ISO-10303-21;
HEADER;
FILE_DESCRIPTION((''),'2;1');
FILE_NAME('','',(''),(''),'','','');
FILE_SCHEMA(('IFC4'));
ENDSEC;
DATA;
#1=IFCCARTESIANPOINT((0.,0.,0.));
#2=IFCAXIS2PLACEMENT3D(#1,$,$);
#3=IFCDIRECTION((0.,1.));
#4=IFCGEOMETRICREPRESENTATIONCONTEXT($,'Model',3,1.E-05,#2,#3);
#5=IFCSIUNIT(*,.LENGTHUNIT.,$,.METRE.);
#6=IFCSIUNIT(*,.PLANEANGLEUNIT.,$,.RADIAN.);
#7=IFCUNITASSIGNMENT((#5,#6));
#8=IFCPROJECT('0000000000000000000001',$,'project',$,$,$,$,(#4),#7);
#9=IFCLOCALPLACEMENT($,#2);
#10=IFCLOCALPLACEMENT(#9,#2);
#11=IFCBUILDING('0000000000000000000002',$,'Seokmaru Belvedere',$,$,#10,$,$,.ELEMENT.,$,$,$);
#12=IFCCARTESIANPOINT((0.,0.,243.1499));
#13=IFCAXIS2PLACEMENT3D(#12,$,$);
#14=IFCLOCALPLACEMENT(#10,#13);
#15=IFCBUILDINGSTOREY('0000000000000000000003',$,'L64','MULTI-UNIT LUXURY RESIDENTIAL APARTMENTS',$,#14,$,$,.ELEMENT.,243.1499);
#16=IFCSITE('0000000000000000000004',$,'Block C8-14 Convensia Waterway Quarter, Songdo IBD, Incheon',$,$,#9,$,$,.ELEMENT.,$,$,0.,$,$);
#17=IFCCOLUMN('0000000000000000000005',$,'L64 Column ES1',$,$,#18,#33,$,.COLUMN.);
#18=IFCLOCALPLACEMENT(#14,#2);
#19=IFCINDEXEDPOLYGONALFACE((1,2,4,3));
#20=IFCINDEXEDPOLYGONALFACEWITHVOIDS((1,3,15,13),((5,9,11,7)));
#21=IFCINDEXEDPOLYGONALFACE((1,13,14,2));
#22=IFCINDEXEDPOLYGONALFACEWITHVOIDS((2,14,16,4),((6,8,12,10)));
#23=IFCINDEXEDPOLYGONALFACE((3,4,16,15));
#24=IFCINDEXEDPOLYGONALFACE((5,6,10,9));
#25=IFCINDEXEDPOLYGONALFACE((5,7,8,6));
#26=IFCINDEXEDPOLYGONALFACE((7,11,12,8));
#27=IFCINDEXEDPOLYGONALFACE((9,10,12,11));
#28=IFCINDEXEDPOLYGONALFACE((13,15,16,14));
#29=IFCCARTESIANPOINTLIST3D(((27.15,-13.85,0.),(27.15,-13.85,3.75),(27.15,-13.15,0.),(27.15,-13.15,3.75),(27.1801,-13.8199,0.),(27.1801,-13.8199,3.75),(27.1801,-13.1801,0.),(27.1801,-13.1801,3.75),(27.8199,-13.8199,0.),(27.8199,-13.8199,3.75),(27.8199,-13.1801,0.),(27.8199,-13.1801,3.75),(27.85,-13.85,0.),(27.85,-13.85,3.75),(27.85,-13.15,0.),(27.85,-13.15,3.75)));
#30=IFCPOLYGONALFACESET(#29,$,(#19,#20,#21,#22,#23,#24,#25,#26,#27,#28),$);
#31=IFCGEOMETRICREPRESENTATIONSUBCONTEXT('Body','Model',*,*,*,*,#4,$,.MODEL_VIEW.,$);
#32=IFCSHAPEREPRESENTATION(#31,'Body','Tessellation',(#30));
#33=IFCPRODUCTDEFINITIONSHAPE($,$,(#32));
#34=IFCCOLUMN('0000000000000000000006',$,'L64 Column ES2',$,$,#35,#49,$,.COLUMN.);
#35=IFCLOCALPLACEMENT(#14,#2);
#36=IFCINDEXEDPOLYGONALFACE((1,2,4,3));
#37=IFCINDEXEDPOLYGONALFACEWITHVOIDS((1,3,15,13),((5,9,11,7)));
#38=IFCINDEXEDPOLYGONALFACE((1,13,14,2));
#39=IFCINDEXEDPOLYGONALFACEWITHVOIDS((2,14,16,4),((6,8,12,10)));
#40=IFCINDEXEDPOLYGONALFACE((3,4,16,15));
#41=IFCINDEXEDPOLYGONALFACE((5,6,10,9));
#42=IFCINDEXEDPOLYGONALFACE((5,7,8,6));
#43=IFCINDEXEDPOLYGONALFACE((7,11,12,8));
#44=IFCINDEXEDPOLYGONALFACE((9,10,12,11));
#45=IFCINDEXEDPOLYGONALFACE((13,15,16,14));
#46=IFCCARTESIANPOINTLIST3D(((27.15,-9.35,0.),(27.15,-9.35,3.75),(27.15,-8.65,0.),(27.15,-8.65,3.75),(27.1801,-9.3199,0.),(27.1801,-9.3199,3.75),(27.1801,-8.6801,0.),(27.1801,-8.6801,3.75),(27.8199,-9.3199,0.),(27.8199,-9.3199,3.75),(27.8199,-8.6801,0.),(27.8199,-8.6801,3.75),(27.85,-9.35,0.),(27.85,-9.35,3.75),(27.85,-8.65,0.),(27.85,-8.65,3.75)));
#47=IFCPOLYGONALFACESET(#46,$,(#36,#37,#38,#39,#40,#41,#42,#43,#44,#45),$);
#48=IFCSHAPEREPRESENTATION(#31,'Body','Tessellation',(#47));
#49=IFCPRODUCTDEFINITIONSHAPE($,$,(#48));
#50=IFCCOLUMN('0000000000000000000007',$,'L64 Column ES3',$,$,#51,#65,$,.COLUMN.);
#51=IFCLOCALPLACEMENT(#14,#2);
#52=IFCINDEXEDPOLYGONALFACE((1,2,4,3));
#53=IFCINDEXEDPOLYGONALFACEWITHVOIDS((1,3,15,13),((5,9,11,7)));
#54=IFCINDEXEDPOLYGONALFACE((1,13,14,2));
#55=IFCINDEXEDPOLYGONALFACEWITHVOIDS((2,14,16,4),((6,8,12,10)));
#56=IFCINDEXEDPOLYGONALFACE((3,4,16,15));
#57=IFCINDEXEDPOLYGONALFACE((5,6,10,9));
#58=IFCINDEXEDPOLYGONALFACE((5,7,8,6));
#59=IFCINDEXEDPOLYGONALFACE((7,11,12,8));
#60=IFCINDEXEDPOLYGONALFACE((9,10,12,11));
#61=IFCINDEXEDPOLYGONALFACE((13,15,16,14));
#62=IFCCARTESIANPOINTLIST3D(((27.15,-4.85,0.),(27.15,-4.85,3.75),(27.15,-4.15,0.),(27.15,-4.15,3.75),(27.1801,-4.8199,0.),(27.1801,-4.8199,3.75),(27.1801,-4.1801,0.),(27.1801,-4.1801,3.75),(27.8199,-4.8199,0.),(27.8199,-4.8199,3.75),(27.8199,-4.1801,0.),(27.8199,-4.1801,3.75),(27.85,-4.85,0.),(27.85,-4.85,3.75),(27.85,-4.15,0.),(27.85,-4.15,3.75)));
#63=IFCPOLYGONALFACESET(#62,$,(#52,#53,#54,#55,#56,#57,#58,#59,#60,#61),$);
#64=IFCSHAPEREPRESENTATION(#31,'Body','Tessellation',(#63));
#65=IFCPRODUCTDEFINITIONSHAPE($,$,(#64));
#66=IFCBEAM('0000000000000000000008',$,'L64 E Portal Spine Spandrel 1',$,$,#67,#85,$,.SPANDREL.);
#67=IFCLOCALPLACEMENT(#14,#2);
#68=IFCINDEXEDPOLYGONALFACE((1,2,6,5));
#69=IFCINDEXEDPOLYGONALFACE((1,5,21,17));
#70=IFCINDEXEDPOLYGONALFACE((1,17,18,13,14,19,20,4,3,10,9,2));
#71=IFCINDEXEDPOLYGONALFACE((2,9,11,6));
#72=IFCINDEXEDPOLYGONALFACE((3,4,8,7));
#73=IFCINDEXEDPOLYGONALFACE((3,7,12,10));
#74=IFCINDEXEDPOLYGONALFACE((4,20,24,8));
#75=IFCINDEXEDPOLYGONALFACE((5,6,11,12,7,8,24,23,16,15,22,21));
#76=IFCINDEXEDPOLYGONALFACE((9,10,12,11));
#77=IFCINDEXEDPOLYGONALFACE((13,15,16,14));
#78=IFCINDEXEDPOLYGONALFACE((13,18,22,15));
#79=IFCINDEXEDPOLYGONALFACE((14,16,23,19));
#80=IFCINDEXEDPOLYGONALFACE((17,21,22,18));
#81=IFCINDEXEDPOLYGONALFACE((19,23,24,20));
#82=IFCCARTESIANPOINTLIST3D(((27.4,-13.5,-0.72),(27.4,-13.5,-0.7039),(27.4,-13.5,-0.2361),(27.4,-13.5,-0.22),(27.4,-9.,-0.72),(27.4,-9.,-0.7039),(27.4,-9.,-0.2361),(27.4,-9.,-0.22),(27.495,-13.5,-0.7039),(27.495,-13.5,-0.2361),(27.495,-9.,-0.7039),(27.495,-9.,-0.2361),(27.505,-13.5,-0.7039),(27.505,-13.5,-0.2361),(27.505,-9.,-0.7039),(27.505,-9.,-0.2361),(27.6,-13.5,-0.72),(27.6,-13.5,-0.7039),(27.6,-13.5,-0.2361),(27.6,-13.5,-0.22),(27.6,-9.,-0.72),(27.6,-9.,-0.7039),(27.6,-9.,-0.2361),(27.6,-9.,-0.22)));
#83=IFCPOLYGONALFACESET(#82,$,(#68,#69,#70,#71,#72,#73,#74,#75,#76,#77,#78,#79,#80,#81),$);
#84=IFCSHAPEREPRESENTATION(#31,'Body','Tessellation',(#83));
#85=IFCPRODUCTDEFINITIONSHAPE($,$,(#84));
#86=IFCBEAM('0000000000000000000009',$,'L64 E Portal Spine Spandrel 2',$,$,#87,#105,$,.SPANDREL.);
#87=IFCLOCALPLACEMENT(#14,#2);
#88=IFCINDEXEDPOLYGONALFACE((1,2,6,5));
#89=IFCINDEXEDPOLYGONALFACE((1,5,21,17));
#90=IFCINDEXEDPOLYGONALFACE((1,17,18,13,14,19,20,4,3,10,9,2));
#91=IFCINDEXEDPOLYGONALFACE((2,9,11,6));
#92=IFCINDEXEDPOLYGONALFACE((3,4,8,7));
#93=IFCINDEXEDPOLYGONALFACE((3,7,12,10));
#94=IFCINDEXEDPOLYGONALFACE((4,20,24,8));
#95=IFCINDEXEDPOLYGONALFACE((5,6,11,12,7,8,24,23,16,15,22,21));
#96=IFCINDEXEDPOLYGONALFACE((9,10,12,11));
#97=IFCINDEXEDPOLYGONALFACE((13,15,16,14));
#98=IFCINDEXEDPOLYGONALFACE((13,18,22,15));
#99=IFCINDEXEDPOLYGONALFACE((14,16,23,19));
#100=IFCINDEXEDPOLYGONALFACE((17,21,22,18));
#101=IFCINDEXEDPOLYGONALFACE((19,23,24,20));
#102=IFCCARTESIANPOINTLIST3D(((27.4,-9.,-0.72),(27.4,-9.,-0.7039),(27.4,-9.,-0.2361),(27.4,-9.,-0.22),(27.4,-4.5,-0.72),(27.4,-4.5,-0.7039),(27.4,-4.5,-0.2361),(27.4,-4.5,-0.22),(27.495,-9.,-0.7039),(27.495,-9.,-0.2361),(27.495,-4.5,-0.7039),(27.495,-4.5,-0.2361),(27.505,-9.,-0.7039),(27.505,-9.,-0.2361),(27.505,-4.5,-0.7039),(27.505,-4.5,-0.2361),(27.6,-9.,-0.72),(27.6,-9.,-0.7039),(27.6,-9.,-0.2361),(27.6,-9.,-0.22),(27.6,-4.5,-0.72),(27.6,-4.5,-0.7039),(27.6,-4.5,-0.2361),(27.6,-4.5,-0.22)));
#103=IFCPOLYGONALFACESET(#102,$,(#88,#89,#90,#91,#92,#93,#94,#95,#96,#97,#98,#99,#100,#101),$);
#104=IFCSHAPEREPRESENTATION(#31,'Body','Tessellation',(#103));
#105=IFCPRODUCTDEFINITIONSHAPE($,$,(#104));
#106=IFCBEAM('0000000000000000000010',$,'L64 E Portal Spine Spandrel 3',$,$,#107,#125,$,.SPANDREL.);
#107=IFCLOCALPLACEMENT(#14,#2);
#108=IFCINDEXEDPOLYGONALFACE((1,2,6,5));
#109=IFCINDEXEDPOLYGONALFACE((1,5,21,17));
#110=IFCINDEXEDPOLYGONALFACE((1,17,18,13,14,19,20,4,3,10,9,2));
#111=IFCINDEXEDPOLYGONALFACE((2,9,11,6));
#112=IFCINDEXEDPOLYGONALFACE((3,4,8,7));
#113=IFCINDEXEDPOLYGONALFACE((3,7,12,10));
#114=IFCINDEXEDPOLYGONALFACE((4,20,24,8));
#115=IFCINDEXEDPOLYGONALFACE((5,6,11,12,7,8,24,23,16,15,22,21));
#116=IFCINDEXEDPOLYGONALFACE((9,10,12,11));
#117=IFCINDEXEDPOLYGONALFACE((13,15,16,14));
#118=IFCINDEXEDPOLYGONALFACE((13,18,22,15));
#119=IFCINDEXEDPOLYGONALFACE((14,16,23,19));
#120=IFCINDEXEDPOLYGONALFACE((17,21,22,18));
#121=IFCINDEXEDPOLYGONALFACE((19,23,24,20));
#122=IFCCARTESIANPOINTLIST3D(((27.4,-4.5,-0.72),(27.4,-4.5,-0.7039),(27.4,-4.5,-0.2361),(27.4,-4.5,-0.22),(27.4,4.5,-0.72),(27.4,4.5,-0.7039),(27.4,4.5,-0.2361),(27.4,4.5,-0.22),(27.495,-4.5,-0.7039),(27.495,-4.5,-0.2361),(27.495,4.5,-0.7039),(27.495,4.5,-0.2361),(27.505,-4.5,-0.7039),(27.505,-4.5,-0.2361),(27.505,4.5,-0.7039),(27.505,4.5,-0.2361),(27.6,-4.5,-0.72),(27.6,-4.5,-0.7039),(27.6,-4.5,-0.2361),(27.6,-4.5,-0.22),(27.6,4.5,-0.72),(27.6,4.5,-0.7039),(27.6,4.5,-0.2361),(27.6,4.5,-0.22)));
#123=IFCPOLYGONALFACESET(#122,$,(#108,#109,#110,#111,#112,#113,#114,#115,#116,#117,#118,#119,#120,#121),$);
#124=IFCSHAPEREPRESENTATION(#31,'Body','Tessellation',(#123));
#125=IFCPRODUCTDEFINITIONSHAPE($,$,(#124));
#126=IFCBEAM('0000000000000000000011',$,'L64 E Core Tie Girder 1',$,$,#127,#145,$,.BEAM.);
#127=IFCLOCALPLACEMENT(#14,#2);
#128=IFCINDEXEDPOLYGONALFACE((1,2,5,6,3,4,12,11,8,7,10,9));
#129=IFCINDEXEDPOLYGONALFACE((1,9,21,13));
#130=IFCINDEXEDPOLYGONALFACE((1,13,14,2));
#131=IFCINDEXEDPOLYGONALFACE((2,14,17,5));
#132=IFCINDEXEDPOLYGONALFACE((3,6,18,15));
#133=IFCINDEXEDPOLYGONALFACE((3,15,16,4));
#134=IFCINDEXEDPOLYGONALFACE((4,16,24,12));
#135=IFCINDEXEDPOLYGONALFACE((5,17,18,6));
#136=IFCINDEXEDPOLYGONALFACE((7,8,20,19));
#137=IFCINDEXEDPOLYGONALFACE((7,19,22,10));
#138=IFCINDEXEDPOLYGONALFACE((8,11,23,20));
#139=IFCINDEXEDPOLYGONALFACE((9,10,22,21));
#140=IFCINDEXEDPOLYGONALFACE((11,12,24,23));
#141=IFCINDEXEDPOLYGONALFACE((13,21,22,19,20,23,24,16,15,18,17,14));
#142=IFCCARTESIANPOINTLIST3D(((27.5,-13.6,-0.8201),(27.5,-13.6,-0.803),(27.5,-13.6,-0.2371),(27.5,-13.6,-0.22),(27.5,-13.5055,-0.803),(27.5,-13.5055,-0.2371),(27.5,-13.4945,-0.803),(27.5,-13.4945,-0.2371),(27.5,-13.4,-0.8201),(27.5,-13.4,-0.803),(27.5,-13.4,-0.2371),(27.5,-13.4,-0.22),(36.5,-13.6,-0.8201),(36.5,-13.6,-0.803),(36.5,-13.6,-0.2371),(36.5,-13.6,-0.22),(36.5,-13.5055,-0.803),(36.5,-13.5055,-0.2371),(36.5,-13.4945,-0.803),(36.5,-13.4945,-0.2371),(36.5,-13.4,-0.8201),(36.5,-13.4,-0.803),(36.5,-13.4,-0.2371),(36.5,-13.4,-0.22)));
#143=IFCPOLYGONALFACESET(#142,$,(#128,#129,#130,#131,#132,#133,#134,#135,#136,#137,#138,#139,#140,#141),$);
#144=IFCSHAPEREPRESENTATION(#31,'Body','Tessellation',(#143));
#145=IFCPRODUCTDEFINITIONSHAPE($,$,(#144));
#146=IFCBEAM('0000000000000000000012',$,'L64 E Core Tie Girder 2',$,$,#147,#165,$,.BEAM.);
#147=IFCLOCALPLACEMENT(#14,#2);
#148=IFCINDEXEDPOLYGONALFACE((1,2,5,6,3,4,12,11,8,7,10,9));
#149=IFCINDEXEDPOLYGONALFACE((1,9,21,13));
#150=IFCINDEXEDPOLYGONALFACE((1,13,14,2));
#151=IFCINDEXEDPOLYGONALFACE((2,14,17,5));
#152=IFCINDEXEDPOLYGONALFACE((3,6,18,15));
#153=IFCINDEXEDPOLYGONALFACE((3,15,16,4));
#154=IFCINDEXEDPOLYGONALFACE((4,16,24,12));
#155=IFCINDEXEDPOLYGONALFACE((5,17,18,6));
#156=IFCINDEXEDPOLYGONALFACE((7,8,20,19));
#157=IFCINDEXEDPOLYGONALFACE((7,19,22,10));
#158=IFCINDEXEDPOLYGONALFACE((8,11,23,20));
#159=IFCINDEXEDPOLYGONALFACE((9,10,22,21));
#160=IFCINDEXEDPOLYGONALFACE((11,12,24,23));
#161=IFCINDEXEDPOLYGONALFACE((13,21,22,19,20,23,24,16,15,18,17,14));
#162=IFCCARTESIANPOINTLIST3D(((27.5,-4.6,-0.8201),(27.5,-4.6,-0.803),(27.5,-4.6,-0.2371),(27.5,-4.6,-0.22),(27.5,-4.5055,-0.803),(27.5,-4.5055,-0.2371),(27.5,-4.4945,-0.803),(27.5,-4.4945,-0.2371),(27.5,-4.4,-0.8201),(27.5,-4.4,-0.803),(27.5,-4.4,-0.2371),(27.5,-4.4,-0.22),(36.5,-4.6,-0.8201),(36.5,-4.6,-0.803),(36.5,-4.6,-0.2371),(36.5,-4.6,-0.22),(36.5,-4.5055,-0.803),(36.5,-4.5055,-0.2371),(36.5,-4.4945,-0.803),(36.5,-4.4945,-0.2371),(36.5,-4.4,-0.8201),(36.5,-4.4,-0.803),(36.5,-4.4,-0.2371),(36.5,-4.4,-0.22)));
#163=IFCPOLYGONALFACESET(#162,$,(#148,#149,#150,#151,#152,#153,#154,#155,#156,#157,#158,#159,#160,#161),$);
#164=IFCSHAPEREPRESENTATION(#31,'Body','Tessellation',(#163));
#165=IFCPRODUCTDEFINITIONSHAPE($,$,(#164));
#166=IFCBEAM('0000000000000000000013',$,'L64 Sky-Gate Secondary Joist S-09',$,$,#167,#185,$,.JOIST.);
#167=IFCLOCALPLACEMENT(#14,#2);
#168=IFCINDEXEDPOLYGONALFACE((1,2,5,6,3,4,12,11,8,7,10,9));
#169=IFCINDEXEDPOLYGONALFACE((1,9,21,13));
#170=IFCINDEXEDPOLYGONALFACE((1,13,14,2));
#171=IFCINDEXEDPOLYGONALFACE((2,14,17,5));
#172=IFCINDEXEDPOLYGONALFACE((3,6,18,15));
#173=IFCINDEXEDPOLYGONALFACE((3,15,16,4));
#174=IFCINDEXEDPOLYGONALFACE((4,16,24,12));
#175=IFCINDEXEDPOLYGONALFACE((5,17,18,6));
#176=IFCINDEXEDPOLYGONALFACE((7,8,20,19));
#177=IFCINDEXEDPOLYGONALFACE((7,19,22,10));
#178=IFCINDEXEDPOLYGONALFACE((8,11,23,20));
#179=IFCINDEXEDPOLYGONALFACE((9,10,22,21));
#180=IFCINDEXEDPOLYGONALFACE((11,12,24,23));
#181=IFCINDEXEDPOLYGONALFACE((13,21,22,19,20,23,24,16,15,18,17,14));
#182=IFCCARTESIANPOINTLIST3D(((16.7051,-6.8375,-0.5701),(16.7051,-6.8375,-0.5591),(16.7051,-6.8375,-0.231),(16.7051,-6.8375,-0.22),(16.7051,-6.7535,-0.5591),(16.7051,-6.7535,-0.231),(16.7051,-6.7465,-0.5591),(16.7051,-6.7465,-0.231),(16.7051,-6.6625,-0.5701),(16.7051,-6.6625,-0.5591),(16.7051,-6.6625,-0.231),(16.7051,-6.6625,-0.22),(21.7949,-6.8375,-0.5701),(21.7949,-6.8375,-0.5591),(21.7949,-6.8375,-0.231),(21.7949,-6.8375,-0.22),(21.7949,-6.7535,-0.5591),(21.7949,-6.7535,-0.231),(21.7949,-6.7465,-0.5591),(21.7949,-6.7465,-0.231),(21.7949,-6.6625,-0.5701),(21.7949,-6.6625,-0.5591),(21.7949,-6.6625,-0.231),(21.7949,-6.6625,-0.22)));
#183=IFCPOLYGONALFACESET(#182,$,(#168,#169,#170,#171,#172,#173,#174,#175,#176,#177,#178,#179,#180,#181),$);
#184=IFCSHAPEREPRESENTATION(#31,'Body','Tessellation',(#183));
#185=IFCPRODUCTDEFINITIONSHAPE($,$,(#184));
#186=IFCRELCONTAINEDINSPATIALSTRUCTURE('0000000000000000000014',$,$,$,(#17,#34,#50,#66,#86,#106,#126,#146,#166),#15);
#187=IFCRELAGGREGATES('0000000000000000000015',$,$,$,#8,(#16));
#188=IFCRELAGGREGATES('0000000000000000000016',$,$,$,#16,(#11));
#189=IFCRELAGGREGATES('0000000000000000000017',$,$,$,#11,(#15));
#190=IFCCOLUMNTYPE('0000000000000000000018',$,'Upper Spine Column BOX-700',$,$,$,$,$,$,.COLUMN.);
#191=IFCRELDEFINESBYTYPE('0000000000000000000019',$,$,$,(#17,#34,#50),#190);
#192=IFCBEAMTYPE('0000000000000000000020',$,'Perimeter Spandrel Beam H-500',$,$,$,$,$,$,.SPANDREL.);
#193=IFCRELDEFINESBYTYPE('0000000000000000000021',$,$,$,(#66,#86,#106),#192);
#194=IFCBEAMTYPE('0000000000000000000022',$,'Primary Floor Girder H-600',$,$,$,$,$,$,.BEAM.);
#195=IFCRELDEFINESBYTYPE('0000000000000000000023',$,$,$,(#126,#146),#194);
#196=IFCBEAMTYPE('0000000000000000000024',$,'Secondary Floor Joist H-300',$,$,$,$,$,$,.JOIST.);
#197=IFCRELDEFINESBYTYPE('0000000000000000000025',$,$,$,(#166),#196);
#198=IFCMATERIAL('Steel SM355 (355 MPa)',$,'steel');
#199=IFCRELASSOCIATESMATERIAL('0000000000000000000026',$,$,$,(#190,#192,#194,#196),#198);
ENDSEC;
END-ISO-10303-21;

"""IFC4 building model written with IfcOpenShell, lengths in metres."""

from ifc_helpers import new_model, si_unit, direction, frame, origin, origin_2d, place, context, subcontext, project, spatial, hollow_rectangle, i_section, extrude, source, transform, mapped, material, material_profile, profile_set, type_object, type_shapes, element, save


model = new_model("IFC4")

# Units and contexts
model_context = context("Model", 3, precision=1e-05, world=origin(), true_north=direction((0.0, 1.0)))
body_context = subcontext(model_context, "Body", "Model", "MODEL_VIEW")
ifc_project = project(units=[si_unit("LENGTHUNIT", "METRE"), si_unit("PLANEANGLEUNIT", "RADIAN")], contexts=[model_context])

# Site, building, storey
site_placement = place(None, origin())
site = spatial("IfcSite", under=ifc_project, at=site_placement, Name="Block C8-14 Convensia Waterway Quarter, Songdo IBD, Incheon", CompositionType="ELEMENT", RefElevation=0.0)
building_placement = place(site_placement, origin())
building = spatial("IfcBuilding", under=site, at=building_placement, Name="Seokmaru Belvedere", CompositionType="ELEMENT")
storey_placement = place(building_placement, frame((0.0, 0.0, 243.1499)))
storey = spatial("IfcBuildingStorey", under=building, at=storey_placement, Name="L64", Description="MULTI-UNIT LUXURY RESIDENTIAL APARTMENTS", CompositionType="ELEMENT", Elevation=243.1499)

# Columns
ifc_material_1 = material(Name="Steel SM355 (355 MPa)", Category="steel")
ifc_material_profile_1 = material_profile(ifc_material_1, hollow_rectangle(XDim=0.7, YDim=0.7, WallThickness=0.03, at=origin_2d()), Name="BOX-700x700x30")
ifc_profile_set_1 = profile_set([ifc_material_profile_1], Name="Steel SM355 (355 MPa)")
column_type = type_object("IfcColumnType", Name="Upper Spine Column BOX-700", PredefinedType="COLUMN", material=ifc_profile_set_1)
shared_shape_1 = source(origin(), body_context, "Body", "SweptSolid", [
    extrude(hollow_rectangle(XDim=0.7, YDim=0.7, WallThickness=0.03, at=origin_2d()), origin(), (0.0, 0.0, 1.0), 3.75),
])
type_shapes(column_type, [shared_shape_1])
for number, where, z_axis, x_axis, name in (
    (1, (27.5, -13.5, 0.0), (0.0, 0.0, 1.0), (1.0, 0.0, 0.0), "L64 Column ES1"),
    (2, (27.5, -9.0, 0.0), (0.0, 0.0, 1.0), (1.0, 0.0, 0.0), "L64 Column ES2"),
    (3, (27.5, -4.5, 0.0), (0.0, 0.0, 1.0), (1.0, 0.0, 0.0), "L64 Column ES3"),
):
    element("IfcColumn", number, at=place(storey_placement, frame(where, z_axis=z_axis, x_axis=x_axis)), inside=storey, type_object=column_type, Name=name, PredefinedType="COLUMN", context=body_context, shape_type="MappedRepresentation", body=[
        mapped(shared_shape_1, transform((0.0, 0.0, 0.0), scale=1.0)),
    ])

# Beams
ifc_material_profile_2 = material_profile(ifc_material_1, i_section(OverallWidth=0.2, OverallDepth=0.5, WebThickness=0.01, FlangeThickness=0.0161, at=origin_2d()), Name="H-500x200x10x16")
ifc_profile_set_2 = profile_set([ifc_material_profile_2], Name="Steel SM355 (355 MPa)")
beam_type_1 = type_object("IfcBeamType", Name="Perimeter Spandrel Beam H-500", PredefinedType="SPANDREL", material=ifc_profile_set_2)
shared_shape_2 = source(origin(), body_context, "Body", "SweptSolid", [
    extrude(i_section(OverallWidth=0.2, OverallDepth=0.5, WebThickness=0.01, FlangeThickness=0.0161, at=origin_2d()), origin(), (0.0, 0.0, 1.0), 4.5),
])
for number, where, z_axis, x_axis, name in (
    (4, (27.5, -13.5, -0.47), (0.0, 1.0, 0.0), (-1.0, 0.0, 0.0), "L64 E Portal Spine Spandrel 1"),
    (5, (27.5, -9.0, -0.47), (0.0, 1.0, 0.0), (-1.0, 0.0, 0.0), "L64 E Portal Spine Spandrel 2"),
):
    element("IfcBeam", number, at=place(storey_placement, frame(where, z_axis=z_axis, x_axis=x_axis)), inside=storey, type_object=beam_type_1, Name=name, PredefinedType="SPANDREL", context=body_context, shape_type="MappedRepresentation", body=[
        mapped(shared_shape_2, transform((0.0, 0.0, 0.0), scale=1.0)),
    ])
shared_shape_3 = source(origin(), body_context, "Body", "SweptSolid", [
    extrude(i_section(OverallWidth=0.2, OverallDepth=0.5, WebThickness=0.01, FlangeThickness=0.0161, at=origin_2d()), origin(), (0.0, 0.0, 1.0), 9.0),
])
type_shapes(beam_type_1, [shared_shape_2, shared_shape_3])
beam_placement = place(storey_placement, frame((27.5, -4.5, -0.47), z_axis=(0.0, 1.0, 0.0), x_axis=(-1.0, 0.0, 0.0)))
element("IfcBeam", 6, at=beam_placement, inside=storey, type_object=beam_type_1, Name="L64 E Portal Spine Spandrel 3", PredefinedType="SPANDREL", context=body_context, shape_type="MappedRepresentation", body=[
    mapped(shared_shape_3, transform((0.0, 0.0, 0.0), scale=1.0)),
])
ifc_material_profile_3 = material_profile(ifc_material_1, i_section(OverallWidth=0.2, OverallDepth=0.6001, WebThickness=0.011, FlangeThickness=0.0171, at=origin_2d()), Name="H-600x200x11x17")
ifc_profile_set_3 = profile_set([ifc_material_profile_3], Name="Steel SM355 (355 MPa)")
beam_type_2 = type_object("IfcBeamType", Name="Primary Floor Girder H-600", PredefinedType="BEAM", material=ifc_profile_set_3)
shared_shape_4 = source(origin(), body_context, "Body", "SweptSolid", [
    extrude(i_section(OverallWidth=0.2, OverallDepth=0.6001, WebThickness=0.011, FlangeThickness=0.0171, at=origin_2d()), origin(), (0.0, 0.0, 1.0), 9.0),
])
type_shapes(beam_type_2, [shared_shape_4])
for number, where, z_axis, x_axis, name in (
    (7, (27.5, -13.5, -0.52), (1.0, 0.0, 0.0), (0.0, 1.0, 0.0), "L64 E Core Tie Girder 1"),
    (8, (27.5, -4.5, -0.52), (1.0, 0.0, 0.0), (0.0, 1.0, 0.0), "L64 E Core Tie Girder 2"),
):
    element("IfcBeam", number, at=place(storey_placement, frame(where, z_axis=z_axis, x_axis=x_axis)), inside=storey, type_object=beam_type_2, Name=name, PredefinedType="BEAM", context=body_context, shape_type="MappedRepresentation", body=[
        mapped(shared_shape_4, transform((0.0, 0.0, 0.0), scale=1.0)),
    ])
ifc_material_profile_4 = material_profile(ifc_material_1, i_section(OverallWidth=0.175, OverallDepth=0.3501, WebThickness=0.0071, FlangeThickness=0.011, at=origin_2d()), Name="H-350x175x7x11")
ifc_profile_set_4 = profile_set([ifc_material_profile_4], Name="Steel SM355 (355 MPa)")
beam_type_3 = type_object("IfcBeamType", Name="Secondary Floor Joist H-300", PredefinedType="JOIST", material=ifc_profile_set_4)
shared_shape_5 = source(origin(), body_context, "Body", "SweptSolid", [
    extrude(i_section(OverallWidth=0.175, OverallDepth=0.3501, WebThickness=0.0071, FlangeThickness=0.011, at=origin_2d()), origin(), (0.0, 0.0, 1.0), 5.0898),
])
type_shapes(beam_type_3, [shared_shape_5])
for number, where, z_axis, x_axis, name in (
    (9, (16.7051, -6.75, -0.395), (1.0, 0.0, 0.0), (0.0, 1.0, 0.0), "L64 Sky-Gate Secondary Joist S-09"),
):
    element("IfcBeam", number, at=place(storey_placement, frame(where, z_axis=z_axis, x_axis=x_axis)), inside=storey, type_object=beam_type_3, Name=name, PredefinedType="JOIST", context=body_context, shape_type="MappedRepresentation", body=[
        mapped(shared_shape_5, transform((0.0, 0.0, 0.0), scale=1.0)),
    ])

save(model, "model.ifc")
